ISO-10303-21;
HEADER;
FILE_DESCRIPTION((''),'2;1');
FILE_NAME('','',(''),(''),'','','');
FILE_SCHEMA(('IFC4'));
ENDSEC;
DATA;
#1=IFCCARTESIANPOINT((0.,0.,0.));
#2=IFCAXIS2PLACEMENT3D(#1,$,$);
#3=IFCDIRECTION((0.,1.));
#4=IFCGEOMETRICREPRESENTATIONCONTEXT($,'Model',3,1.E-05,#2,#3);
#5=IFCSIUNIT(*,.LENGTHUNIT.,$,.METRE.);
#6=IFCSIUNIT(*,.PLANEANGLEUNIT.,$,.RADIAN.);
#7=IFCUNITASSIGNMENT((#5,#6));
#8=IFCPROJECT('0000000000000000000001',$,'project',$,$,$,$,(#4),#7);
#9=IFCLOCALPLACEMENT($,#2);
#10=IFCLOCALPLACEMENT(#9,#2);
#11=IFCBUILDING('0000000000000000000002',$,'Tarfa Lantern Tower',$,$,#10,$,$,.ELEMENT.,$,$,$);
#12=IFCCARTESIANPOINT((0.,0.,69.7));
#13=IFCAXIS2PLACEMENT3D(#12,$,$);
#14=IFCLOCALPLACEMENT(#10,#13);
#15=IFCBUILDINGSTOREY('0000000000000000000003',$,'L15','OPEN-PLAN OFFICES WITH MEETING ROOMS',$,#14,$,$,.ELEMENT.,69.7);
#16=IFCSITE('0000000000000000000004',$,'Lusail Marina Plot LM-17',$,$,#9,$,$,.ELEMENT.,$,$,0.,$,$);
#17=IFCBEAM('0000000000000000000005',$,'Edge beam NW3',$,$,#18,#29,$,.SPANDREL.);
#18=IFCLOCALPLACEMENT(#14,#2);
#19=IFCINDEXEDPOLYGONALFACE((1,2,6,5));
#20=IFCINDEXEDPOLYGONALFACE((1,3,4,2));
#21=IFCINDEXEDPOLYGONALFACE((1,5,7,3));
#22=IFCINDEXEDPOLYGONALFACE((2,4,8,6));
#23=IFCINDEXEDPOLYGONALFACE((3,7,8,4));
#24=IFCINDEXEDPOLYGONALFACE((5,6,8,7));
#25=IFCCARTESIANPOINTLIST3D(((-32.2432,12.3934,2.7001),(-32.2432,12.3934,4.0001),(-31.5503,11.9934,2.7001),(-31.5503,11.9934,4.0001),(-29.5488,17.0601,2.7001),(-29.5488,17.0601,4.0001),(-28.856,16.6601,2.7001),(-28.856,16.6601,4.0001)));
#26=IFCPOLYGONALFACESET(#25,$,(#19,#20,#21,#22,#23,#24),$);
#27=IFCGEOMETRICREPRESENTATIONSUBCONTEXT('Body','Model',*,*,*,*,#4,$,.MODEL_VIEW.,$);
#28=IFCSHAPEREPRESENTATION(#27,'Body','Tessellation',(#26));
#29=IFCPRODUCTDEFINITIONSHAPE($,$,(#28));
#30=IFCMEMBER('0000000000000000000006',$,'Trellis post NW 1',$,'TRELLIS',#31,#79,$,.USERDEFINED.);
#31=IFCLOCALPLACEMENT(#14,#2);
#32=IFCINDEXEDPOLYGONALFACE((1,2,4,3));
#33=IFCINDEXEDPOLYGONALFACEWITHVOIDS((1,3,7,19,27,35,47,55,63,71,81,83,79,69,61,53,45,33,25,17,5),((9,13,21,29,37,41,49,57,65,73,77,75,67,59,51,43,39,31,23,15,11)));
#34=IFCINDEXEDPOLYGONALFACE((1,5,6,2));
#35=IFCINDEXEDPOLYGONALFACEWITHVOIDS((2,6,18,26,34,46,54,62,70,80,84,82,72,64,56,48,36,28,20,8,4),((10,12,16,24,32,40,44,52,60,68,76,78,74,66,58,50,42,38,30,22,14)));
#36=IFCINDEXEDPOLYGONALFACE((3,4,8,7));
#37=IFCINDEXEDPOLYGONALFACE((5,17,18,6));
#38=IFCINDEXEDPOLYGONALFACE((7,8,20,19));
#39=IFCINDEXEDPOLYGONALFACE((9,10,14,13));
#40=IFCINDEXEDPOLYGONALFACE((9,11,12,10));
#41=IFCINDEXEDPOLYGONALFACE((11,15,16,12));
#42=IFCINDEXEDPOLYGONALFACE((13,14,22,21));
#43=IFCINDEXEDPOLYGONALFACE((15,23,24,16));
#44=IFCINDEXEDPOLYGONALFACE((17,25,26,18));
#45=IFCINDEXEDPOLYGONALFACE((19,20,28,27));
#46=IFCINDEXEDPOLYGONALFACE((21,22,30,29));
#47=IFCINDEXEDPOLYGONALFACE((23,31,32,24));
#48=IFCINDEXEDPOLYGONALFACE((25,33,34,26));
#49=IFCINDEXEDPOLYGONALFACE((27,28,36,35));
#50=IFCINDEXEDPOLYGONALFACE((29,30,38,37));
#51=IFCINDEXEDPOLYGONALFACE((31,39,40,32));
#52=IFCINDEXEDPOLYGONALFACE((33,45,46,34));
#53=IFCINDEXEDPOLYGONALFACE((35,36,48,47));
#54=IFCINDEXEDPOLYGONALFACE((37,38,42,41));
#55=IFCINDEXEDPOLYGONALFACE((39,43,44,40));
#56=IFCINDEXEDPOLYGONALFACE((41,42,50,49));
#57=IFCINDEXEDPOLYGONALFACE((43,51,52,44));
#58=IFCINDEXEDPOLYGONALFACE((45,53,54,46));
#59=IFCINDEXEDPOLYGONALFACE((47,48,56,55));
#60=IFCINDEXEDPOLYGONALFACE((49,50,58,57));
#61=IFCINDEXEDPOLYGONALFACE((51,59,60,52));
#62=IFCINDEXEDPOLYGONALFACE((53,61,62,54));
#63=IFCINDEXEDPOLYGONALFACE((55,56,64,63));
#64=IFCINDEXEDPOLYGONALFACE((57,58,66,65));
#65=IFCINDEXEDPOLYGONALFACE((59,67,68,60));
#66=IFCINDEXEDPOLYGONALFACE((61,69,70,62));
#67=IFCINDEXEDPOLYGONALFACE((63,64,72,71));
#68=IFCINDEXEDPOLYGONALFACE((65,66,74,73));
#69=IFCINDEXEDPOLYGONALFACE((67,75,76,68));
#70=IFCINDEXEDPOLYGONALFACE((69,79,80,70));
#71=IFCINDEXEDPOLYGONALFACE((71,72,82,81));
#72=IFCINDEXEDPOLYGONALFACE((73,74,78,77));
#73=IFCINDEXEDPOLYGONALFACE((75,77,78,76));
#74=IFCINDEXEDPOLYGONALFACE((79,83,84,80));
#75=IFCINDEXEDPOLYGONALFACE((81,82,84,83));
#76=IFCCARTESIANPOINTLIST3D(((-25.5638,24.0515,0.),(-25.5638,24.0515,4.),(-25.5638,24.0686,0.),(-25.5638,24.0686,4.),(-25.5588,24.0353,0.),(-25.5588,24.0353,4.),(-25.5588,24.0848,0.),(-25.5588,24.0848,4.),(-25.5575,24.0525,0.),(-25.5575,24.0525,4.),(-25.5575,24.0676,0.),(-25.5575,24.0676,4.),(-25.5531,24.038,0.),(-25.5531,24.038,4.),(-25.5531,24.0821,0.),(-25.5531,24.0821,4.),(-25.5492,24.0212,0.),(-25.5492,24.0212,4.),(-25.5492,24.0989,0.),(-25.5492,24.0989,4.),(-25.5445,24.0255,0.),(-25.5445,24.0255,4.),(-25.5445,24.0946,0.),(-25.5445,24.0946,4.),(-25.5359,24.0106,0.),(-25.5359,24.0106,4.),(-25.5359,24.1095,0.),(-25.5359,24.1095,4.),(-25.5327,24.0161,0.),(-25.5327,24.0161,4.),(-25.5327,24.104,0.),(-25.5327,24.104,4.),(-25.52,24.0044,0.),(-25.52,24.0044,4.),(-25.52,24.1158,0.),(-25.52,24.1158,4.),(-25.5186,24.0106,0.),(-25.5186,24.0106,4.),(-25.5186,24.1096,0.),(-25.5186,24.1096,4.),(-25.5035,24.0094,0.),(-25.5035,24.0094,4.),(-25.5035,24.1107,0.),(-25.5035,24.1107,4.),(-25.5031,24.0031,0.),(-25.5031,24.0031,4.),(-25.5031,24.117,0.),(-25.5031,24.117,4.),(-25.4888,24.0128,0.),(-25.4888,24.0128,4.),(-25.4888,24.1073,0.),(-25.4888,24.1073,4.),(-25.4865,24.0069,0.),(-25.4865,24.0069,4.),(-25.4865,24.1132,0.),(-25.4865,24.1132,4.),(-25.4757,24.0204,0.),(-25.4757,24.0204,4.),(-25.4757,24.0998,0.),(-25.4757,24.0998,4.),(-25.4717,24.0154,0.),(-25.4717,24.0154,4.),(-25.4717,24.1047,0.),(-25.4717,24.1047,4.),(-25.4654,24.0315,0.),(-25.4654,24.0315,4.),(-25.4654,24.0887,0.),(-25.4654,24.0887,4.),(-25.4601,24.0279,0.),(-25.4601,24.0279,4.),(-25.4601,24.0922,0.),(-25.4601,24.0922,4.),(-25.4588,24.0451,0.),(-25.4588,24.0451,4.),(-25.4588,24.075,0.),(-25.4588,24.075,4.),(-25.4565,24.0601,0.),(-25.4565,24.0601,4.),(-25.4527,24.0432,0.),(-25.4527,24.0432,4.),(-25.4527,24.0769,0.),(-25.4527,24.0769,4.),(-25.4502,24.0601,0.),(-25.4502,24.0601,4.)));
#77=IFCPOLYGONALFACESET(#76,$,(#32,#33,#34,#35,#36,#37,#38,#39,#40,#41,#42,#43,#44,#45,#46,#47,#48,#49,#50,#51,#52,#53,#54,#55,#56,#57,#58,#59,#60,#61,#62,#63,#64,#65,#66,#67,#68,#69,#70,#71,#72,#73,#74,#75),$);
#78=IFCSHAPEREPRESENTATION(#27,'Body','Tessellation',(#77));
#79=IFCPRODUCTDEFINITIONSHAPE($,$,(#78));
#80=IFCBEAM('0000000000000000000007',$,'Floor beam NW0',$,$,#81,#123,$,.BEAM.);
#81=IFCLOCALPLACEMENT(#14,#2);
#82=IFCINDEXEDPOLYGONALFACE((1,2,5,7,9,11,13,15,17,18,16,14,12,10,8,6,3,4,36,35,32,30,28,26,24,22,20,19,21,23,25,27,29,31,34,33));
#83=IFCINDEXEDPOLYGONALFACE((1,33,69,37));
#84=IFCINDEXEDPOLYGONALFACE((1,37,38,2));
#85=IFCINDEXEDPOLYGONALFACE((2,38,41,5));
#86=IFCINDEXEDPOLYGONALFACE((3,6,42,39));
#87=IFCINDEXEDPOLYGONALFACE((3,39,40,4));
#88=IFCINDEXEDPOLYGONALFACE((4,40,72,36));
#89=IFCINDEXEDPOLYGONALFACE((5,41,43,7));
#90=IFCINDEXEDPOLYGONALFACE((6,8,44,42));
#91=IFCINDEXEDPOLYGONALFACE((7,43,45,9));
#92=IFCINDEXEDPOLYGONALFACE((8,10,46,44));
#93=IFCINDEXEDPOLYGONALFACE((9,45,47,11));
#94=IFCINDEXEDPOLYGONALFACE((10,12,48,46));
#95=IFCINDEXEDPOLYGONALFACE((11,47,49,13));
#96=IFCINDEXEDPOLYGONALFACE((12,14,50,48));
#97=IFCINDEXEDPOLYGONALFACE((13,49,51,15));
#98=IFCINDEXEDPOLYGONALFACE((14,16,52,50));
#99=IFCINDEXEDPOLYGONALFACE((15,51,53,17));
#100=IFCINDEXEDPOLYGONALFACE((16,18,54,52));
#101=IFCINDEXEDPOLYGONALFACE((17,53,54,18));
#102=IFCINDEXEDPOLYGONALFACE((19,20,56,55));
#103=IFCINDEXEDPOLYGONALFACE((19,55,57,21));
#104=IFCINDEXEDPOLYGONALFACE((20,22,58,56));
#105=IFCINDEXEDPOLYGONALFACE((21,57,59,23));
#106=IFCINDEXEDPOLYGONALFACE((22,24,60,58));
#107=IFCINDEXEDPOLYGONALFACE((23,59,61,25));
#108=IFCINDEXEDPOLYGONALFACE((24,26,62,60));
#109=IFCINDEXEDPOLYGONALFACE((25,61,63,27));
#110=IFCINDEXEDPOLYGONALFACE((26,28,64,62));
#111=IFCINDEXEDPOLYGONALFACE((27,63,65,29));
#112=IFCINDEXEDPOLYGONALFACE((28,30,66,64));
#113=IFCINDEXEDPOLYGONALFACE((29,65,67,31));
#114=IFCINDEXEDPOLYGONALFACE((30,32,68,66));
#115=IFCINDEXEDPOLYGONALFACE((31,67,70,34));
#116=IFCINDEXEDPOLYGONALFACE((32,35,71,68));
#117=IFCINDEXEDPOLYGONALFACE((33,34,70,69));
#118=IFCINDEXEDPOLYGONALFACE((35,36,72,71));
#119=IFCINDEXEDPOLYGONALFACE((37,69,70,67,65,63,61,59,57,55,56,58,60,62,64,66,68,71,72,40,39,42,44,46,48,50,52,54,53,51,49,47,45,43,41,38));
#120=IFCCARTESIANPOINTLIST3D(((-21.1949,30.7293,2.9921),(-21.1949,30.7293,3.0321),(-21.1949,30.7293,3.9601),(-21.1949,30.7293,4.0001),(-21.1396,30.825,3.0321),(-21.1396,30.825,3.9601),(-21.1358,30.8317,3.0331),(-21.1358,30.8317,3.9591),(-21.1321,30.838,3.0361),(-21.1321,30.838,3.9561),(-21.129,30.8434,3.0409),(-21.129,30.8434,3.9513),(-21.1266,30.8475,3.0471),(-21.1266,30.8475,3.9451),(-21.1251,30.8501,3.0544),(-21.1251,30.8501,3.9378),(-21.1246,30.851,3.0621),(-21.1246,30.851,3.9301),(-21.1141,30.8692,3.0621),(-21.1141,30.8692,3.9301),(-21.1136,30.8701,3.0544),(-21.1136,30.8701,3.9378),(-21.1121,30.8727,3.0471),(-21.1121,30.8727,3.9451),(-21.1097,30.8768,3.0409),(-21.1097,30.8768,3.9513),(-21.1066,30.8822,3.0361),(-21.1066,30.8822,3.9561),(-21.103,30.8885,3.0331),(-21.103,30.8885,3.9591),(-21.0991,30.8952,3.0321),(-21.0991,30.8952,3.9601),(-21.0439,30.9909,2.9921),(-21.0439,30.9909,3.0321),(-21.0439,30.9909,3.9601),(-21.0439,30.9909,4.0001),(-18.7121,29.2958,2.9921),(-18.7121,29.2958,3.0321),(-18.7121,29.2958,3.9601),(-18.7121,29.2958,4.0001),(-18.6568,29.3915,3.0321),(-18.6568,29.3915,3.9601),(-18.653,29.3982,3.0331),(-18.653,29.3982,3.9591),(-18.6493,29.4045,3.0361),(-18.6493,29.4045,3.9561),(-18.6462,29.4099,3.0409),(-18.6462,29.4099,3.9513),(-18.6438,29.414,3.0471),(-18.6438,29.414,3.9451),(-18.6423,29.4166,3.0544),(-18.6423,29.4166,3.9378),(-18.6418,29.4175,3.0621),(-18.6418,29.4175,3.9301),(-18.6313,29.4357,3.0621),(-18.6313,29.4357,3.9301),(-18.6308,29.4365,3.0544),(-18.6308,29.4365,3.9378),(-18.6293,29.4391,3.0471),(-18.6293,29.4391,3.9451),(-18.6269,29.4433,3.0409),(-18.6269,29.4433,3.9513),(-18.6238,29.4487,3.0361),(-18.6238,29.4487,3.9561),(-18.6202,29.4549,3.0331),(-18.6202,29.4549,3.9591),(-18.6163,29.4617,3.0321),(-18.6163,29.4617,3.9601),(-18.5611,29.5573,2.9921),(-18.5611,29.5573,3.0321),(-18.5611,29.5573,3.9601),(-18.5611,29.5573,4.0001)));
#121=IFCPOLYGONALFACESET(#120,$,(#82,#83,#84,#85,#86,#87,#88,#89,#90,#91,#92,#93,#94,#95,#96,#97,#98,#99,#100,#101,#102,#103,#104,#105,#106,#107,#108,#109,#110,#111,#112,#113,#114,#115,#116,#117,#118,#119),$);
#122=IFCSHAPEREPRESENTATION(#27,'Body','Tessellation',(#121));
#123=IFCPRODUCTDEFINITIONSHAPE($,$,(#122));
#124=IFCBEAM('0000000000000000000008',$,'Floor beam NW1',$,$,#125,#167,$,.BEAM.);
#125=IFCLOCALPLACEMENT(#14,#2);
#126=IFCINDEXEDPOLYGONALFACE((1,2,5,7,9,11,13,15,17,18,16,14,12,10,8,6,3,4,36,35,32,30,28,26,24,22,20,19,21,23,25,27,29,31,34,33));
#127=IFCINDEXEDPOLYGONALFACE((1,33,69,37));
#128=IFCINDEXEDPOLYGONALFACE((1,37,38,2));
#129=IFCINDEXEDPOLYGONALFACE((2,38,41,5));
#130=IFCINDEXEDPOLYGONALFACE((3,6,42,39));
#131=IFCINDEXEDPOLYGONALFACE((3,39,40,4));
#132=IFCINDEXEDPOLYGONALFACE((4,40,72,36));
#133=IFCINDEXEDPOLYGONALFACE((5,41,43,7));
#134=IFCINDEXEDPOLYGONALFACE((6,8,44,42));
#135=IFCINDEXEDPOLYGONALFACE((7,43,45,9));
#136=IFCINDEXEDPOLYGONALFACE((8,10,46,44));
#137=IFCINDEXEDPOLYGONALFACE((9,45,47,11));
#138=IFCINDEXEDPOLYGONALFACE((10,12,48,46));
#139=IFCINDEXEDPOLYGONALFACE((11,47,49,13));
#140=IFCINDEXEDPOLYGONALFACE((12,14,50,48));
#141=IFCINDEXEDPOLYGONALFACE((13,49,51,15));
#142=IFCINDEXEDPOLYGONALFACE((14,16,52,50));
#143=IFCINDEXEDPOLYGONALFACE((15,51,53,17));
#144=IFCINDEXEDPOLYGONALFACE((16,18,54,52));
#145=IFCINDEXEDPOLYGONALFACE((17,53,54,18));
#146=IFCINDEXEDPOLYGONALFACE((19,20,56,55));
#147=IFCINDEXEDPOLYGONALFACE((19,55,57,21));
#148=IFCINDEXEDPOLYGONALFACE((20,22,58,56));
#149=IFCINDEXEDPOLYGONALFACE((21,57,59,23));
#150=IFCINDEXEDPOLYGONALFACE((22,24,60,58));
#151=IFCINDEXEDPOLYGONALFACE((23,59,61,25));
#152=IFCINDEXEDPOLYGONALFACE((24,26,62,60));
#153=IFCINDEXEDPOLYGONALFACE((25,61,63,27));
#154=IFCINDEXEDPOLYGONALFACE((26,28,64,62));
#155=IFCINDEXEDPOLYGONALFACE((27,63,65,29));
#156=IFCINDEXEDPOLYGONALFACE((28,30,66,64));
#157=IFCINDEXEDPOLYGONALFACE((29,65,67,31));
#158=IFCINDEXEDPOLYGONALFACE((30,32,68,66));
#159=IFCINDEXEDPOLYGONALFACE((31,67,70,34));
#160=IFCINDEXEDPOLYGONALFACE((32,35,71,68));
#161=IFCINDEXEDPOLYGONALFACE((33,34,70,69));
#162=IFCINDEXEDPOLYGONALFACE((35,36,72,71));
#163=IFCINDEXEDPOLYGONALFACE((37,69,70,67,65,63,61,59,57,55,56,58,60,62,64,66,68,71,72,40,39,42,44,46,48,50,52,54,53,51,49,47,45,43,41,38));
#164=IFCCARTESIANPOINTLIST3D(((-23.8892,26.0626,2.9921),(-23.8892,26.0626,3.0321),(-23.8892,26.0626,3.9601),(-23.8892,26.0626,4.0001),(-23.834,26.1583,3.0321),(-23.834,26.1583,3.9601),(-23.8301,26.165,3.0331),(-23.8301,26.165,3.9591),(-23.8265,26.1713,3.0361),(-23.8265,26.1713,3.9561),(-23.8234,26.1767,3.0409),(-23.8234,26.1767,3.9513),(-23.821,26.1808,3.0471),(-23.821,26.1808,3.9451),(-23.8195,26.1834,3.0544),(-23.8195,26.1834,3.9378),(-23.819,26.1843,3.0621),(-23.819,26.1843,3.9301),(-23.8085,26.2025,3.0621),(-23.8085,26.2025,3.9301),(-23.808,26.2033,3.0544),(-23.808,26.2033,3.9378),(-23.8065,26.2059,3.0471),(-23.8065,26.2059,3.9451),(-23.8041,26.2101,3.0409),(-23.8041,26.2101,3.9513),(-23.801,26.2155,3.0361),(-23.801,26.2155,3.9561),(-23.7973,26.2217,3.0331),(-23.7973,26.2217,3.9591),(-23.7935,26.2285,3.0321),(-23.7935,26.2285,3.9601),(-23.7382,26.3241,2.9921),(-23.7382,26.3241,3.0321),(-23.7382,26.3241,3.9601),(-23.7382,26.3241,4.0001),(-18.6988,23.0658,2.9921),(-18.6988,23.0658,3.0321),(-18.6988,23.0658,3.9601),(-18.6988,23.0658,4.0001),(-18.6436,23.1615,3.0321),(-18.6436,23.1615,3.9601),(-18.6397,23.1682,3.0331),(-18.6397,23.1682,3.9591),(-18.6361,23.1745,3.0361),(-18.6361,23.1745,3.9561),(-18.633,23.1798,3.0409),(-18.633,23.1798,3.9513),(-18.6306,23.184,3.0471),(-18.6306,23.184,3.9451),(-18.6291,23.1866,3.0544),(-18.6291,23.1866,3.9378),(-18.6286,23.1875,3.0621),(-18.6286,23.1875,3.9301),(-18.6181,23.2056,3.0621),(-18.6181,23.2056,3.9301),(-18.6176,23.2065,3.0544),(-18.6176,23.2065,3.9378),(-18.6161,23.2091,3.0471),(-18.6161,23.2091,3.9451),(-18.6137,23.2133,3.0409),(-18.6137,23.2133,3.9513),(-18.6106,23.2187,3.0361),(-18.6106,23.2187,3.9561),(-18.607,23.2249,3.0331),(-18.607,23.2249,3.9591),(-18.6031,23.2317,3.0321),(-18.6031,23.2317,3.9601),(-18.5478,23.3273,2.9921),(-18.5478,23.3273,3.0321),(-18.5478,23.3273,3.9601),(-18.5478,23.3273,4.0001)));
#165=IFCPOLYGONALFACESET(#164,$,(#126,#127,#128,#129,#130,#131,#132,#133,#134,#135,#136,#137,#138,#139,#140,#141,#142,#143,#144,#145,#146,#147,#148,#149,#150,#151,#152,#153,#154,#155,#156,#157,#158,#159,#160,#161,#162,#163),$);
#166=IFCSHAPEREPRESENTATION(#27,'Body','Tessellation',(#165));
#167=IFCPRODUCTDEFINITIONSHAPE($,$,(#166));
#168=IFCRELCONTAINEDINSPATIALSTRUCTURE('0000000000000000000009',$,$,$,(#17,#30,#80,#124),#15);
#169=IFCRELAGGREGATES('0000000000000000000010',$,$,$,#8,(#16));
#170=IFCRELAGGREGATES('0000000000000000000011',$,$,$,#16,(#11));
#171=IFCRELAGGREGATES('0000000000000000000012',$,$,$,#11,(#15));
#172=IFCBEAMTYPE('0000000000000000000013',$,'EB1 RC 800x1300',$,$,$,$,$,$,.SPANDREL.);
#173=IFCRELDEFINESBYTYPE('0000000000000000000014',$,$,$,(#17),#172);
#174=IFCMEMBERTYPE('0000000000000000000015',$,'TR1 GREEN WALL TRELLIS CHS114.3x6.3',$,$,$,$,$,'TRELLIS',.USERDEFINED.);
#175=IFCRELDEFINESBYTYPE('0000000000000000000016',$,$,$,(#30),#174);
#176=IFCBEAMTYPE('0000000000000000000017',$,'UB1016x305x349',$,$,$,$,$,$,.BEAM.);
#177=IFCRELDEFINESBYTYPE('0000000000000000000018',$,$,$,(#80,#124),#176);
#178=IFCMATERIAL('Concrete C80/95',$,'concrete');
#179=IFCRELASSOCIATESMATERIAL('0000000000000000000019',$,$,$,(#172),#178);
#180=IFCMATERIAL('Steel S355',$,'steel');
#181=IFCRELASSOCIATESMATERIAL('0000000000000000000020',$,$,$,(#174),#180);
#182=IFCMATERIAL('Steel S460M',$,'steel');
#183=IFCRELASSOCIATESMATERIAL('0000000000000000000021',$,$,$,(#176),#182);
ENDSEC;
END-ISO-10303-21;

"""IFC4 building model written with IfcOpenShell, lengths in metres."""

from ifc_helpers import new_model, si_unit, direction, frame, origin, origin_2d, place, context, subcontext, project, spatial, rectangle, hollow_circle, i_section, extrude, material, material_profile, profile_set, type_object, element, save


model = new_model("IFC4")

# Units and contexts
model_context = context("Model", 3, precision=1e-05, world=origin(), true_north=direction((0.0, 1.0)))
body_context = subcontext(model_context, "Body", "Model", "MODEL_VIEW")
ifc_project = project(units=[si_unit("LENGTHUNIT", "METRE"), si_unit("PLANEANGLEUNIT", "RADIAN")], contexts=[model_context])

# Site, building, storey
site_placement = place(None, origin())
site = spatial("IfcSite", under=ifc_project, at=site_placement, Name="Lusail Marina Plot LM-17", CompositionType="ELEMENT", RefElevation=0.0)
building_placement = place(site_placement, origin())
building = spatial("IfcBuilding", under=site, at=building_placement, Name="Tarfa Lantern Tower", CompositionType="ELEMENT")
storey_placement = place(building_placement, frame((0.0, 0.0, 69.7)))
storey = spatial("IfcBuildingStorey", under=building, at=storey_placement, Name="L15", Description="OPEN-PLAN OFFICES WITH MEETING ROOMS", CompositionType="ELEMENT", Elevation=69.7)

# Shared definitions
ifc_material_1 = material(Name="Concrete C80/95", Category="concrete")

# Beam
ifc_material_profile_1 = material_profile(ifc_material_1, rectangle(XDim=0.8, YDim=1.3, at=origin_2d()), Name="RC 800x1300")
ifc_profile_set_1 = profile_set([ifc_material_profile_1], Name="Concrete C80/95")
beam_type_1 = type_object("IfcBeamType", Name="EB1 RC 800x1300", PredefinedType="SPANDREL", material=ifc_profile_set_1)
beam_1_placement = place(storey_placement, frame((-29.2024, 16.8601, 3.3501), z_axis=(-0.499998, -0.866026, 0.0), x_axis=(0.866026, -0.499998, 0.0)))
element("IfcBeam", 1, at=beam_1_placement, inside=storey, type_object=beam_type_1, Name="Edge beam NW3", PredefinedType="SPANDREL", context=body_context, shape_type="SweptSolid", body=[
    extrude(rectangle(XDim=0.8, YDim=1.3, at=origin_2d()), origin(), (0.0, 0.0, 1.0), 5.3887),
])

# Member
ifc_material_2 = material(Name="Steel S355", Category="steel")
ifc_material_profile_2 = material_profile(ifc_material_2, hollow_circle(Radius=0.0571, WallThickness=0.0063, at=origin_2d()), Name="CHS114.3x6.3")
ifc_profile_set_2 = profile_set([ifc_material_profile_2], Name="Steel S355")
member_type_1 = type_object("IfcMemberType", Name="TR1 GREEN WALL TRELLIS CHS114.3x6.3", ElementType="TRELLIS", PredefinedType="USERDEFINED", material=ifc_profile_set_2)
member_1_placement = place(storey_placement, frame((-25.5073, 24.0601, 0.0), z_axis=(0.0, 0.0, 1.0), x_axis=(1.0, 0.0, 0.0)))
element("IfcMember", 2, at=member_1_placement, inside=storey, type_object=member_type_1, Name="Trellis post NW 1", ObjectType="TRELLIS", PredefinedType="USERDEFINED", context=body_context, shape_type="SweptSolid", body=[
    extrude(hollow_circle(Radius=0.0571, WallThickness=0.0063, at=origin_2d()), origin(), (0.0, 0.0, 1.0), 4.0),
])

# Beams
ifc_material_3 = material(Name="Steel S460M", Category="steel")
ifc_material_profile_3 = material_profile(ifc_material_3, i_section(OverallWidth=0.302, OverallDepth=1.0081, WebThickness=0.021, FlangeThickness=0.04, FilletRadius=0.03, at=origin_2d()), Name="UB1016x305x349")
ifc_profile_set_3 = profile_set([ifc_material_profile_3], Name="Steel S460M")
beam_type_2 = type_object("IfcBeamType", Name="UB1016x305x349", PredefinedType="BEAM", material=ifc_profile_set_3)
beam_2_placement = place(storey_placement, frame((-21.1194, 30.8601, 3.4961), z_axis=(0.866013, -0.500022, 0.0), x_axis=(0.500022, 0.866013, 0.0)))
element("IfcBeam", 3, at=beam_2_placement, inside=storey, type_object=beam_type_2, Name="Floor beam NW0", PredefinedType="BEAM", context=body_context, shape_type="SweptSolid", body=[
    extrude(i_section(OverallWidth=0.302, OverallDepth=1.0081, WebThickness=0.021, FlangeThickness=0.04, FilletRadius=0.03, at=origin_2d()), origin(), (0.0, 0.0, 1.0), 2.8669),
])
beam_3_placement = place(storey_placement, frame((-23.8137, 26.1934, 3.4961), z_axis=(0.866016, -0.500016, 0.0), x_axis=(0.500016, 0.866016, 0.0)))
element("IfcBeam", 4, at=beam_3_placement, inside=storey, type_object=beam_type_2, Name="Floor beam NW1", PredefinedType="BEAM", context=body_context, shape_type="SweptSolid", body=[
    extrude(i_section(OverallWidth=0.302, OverallDepth=1.0081, WebThickness=0.021, FlangeThickness=0.04, FilletRadius=0.03, at=origin_2d()), origin(), (0.0, 0.0, 1.0), 5.9934),
])

save(model, "model.ifc")
